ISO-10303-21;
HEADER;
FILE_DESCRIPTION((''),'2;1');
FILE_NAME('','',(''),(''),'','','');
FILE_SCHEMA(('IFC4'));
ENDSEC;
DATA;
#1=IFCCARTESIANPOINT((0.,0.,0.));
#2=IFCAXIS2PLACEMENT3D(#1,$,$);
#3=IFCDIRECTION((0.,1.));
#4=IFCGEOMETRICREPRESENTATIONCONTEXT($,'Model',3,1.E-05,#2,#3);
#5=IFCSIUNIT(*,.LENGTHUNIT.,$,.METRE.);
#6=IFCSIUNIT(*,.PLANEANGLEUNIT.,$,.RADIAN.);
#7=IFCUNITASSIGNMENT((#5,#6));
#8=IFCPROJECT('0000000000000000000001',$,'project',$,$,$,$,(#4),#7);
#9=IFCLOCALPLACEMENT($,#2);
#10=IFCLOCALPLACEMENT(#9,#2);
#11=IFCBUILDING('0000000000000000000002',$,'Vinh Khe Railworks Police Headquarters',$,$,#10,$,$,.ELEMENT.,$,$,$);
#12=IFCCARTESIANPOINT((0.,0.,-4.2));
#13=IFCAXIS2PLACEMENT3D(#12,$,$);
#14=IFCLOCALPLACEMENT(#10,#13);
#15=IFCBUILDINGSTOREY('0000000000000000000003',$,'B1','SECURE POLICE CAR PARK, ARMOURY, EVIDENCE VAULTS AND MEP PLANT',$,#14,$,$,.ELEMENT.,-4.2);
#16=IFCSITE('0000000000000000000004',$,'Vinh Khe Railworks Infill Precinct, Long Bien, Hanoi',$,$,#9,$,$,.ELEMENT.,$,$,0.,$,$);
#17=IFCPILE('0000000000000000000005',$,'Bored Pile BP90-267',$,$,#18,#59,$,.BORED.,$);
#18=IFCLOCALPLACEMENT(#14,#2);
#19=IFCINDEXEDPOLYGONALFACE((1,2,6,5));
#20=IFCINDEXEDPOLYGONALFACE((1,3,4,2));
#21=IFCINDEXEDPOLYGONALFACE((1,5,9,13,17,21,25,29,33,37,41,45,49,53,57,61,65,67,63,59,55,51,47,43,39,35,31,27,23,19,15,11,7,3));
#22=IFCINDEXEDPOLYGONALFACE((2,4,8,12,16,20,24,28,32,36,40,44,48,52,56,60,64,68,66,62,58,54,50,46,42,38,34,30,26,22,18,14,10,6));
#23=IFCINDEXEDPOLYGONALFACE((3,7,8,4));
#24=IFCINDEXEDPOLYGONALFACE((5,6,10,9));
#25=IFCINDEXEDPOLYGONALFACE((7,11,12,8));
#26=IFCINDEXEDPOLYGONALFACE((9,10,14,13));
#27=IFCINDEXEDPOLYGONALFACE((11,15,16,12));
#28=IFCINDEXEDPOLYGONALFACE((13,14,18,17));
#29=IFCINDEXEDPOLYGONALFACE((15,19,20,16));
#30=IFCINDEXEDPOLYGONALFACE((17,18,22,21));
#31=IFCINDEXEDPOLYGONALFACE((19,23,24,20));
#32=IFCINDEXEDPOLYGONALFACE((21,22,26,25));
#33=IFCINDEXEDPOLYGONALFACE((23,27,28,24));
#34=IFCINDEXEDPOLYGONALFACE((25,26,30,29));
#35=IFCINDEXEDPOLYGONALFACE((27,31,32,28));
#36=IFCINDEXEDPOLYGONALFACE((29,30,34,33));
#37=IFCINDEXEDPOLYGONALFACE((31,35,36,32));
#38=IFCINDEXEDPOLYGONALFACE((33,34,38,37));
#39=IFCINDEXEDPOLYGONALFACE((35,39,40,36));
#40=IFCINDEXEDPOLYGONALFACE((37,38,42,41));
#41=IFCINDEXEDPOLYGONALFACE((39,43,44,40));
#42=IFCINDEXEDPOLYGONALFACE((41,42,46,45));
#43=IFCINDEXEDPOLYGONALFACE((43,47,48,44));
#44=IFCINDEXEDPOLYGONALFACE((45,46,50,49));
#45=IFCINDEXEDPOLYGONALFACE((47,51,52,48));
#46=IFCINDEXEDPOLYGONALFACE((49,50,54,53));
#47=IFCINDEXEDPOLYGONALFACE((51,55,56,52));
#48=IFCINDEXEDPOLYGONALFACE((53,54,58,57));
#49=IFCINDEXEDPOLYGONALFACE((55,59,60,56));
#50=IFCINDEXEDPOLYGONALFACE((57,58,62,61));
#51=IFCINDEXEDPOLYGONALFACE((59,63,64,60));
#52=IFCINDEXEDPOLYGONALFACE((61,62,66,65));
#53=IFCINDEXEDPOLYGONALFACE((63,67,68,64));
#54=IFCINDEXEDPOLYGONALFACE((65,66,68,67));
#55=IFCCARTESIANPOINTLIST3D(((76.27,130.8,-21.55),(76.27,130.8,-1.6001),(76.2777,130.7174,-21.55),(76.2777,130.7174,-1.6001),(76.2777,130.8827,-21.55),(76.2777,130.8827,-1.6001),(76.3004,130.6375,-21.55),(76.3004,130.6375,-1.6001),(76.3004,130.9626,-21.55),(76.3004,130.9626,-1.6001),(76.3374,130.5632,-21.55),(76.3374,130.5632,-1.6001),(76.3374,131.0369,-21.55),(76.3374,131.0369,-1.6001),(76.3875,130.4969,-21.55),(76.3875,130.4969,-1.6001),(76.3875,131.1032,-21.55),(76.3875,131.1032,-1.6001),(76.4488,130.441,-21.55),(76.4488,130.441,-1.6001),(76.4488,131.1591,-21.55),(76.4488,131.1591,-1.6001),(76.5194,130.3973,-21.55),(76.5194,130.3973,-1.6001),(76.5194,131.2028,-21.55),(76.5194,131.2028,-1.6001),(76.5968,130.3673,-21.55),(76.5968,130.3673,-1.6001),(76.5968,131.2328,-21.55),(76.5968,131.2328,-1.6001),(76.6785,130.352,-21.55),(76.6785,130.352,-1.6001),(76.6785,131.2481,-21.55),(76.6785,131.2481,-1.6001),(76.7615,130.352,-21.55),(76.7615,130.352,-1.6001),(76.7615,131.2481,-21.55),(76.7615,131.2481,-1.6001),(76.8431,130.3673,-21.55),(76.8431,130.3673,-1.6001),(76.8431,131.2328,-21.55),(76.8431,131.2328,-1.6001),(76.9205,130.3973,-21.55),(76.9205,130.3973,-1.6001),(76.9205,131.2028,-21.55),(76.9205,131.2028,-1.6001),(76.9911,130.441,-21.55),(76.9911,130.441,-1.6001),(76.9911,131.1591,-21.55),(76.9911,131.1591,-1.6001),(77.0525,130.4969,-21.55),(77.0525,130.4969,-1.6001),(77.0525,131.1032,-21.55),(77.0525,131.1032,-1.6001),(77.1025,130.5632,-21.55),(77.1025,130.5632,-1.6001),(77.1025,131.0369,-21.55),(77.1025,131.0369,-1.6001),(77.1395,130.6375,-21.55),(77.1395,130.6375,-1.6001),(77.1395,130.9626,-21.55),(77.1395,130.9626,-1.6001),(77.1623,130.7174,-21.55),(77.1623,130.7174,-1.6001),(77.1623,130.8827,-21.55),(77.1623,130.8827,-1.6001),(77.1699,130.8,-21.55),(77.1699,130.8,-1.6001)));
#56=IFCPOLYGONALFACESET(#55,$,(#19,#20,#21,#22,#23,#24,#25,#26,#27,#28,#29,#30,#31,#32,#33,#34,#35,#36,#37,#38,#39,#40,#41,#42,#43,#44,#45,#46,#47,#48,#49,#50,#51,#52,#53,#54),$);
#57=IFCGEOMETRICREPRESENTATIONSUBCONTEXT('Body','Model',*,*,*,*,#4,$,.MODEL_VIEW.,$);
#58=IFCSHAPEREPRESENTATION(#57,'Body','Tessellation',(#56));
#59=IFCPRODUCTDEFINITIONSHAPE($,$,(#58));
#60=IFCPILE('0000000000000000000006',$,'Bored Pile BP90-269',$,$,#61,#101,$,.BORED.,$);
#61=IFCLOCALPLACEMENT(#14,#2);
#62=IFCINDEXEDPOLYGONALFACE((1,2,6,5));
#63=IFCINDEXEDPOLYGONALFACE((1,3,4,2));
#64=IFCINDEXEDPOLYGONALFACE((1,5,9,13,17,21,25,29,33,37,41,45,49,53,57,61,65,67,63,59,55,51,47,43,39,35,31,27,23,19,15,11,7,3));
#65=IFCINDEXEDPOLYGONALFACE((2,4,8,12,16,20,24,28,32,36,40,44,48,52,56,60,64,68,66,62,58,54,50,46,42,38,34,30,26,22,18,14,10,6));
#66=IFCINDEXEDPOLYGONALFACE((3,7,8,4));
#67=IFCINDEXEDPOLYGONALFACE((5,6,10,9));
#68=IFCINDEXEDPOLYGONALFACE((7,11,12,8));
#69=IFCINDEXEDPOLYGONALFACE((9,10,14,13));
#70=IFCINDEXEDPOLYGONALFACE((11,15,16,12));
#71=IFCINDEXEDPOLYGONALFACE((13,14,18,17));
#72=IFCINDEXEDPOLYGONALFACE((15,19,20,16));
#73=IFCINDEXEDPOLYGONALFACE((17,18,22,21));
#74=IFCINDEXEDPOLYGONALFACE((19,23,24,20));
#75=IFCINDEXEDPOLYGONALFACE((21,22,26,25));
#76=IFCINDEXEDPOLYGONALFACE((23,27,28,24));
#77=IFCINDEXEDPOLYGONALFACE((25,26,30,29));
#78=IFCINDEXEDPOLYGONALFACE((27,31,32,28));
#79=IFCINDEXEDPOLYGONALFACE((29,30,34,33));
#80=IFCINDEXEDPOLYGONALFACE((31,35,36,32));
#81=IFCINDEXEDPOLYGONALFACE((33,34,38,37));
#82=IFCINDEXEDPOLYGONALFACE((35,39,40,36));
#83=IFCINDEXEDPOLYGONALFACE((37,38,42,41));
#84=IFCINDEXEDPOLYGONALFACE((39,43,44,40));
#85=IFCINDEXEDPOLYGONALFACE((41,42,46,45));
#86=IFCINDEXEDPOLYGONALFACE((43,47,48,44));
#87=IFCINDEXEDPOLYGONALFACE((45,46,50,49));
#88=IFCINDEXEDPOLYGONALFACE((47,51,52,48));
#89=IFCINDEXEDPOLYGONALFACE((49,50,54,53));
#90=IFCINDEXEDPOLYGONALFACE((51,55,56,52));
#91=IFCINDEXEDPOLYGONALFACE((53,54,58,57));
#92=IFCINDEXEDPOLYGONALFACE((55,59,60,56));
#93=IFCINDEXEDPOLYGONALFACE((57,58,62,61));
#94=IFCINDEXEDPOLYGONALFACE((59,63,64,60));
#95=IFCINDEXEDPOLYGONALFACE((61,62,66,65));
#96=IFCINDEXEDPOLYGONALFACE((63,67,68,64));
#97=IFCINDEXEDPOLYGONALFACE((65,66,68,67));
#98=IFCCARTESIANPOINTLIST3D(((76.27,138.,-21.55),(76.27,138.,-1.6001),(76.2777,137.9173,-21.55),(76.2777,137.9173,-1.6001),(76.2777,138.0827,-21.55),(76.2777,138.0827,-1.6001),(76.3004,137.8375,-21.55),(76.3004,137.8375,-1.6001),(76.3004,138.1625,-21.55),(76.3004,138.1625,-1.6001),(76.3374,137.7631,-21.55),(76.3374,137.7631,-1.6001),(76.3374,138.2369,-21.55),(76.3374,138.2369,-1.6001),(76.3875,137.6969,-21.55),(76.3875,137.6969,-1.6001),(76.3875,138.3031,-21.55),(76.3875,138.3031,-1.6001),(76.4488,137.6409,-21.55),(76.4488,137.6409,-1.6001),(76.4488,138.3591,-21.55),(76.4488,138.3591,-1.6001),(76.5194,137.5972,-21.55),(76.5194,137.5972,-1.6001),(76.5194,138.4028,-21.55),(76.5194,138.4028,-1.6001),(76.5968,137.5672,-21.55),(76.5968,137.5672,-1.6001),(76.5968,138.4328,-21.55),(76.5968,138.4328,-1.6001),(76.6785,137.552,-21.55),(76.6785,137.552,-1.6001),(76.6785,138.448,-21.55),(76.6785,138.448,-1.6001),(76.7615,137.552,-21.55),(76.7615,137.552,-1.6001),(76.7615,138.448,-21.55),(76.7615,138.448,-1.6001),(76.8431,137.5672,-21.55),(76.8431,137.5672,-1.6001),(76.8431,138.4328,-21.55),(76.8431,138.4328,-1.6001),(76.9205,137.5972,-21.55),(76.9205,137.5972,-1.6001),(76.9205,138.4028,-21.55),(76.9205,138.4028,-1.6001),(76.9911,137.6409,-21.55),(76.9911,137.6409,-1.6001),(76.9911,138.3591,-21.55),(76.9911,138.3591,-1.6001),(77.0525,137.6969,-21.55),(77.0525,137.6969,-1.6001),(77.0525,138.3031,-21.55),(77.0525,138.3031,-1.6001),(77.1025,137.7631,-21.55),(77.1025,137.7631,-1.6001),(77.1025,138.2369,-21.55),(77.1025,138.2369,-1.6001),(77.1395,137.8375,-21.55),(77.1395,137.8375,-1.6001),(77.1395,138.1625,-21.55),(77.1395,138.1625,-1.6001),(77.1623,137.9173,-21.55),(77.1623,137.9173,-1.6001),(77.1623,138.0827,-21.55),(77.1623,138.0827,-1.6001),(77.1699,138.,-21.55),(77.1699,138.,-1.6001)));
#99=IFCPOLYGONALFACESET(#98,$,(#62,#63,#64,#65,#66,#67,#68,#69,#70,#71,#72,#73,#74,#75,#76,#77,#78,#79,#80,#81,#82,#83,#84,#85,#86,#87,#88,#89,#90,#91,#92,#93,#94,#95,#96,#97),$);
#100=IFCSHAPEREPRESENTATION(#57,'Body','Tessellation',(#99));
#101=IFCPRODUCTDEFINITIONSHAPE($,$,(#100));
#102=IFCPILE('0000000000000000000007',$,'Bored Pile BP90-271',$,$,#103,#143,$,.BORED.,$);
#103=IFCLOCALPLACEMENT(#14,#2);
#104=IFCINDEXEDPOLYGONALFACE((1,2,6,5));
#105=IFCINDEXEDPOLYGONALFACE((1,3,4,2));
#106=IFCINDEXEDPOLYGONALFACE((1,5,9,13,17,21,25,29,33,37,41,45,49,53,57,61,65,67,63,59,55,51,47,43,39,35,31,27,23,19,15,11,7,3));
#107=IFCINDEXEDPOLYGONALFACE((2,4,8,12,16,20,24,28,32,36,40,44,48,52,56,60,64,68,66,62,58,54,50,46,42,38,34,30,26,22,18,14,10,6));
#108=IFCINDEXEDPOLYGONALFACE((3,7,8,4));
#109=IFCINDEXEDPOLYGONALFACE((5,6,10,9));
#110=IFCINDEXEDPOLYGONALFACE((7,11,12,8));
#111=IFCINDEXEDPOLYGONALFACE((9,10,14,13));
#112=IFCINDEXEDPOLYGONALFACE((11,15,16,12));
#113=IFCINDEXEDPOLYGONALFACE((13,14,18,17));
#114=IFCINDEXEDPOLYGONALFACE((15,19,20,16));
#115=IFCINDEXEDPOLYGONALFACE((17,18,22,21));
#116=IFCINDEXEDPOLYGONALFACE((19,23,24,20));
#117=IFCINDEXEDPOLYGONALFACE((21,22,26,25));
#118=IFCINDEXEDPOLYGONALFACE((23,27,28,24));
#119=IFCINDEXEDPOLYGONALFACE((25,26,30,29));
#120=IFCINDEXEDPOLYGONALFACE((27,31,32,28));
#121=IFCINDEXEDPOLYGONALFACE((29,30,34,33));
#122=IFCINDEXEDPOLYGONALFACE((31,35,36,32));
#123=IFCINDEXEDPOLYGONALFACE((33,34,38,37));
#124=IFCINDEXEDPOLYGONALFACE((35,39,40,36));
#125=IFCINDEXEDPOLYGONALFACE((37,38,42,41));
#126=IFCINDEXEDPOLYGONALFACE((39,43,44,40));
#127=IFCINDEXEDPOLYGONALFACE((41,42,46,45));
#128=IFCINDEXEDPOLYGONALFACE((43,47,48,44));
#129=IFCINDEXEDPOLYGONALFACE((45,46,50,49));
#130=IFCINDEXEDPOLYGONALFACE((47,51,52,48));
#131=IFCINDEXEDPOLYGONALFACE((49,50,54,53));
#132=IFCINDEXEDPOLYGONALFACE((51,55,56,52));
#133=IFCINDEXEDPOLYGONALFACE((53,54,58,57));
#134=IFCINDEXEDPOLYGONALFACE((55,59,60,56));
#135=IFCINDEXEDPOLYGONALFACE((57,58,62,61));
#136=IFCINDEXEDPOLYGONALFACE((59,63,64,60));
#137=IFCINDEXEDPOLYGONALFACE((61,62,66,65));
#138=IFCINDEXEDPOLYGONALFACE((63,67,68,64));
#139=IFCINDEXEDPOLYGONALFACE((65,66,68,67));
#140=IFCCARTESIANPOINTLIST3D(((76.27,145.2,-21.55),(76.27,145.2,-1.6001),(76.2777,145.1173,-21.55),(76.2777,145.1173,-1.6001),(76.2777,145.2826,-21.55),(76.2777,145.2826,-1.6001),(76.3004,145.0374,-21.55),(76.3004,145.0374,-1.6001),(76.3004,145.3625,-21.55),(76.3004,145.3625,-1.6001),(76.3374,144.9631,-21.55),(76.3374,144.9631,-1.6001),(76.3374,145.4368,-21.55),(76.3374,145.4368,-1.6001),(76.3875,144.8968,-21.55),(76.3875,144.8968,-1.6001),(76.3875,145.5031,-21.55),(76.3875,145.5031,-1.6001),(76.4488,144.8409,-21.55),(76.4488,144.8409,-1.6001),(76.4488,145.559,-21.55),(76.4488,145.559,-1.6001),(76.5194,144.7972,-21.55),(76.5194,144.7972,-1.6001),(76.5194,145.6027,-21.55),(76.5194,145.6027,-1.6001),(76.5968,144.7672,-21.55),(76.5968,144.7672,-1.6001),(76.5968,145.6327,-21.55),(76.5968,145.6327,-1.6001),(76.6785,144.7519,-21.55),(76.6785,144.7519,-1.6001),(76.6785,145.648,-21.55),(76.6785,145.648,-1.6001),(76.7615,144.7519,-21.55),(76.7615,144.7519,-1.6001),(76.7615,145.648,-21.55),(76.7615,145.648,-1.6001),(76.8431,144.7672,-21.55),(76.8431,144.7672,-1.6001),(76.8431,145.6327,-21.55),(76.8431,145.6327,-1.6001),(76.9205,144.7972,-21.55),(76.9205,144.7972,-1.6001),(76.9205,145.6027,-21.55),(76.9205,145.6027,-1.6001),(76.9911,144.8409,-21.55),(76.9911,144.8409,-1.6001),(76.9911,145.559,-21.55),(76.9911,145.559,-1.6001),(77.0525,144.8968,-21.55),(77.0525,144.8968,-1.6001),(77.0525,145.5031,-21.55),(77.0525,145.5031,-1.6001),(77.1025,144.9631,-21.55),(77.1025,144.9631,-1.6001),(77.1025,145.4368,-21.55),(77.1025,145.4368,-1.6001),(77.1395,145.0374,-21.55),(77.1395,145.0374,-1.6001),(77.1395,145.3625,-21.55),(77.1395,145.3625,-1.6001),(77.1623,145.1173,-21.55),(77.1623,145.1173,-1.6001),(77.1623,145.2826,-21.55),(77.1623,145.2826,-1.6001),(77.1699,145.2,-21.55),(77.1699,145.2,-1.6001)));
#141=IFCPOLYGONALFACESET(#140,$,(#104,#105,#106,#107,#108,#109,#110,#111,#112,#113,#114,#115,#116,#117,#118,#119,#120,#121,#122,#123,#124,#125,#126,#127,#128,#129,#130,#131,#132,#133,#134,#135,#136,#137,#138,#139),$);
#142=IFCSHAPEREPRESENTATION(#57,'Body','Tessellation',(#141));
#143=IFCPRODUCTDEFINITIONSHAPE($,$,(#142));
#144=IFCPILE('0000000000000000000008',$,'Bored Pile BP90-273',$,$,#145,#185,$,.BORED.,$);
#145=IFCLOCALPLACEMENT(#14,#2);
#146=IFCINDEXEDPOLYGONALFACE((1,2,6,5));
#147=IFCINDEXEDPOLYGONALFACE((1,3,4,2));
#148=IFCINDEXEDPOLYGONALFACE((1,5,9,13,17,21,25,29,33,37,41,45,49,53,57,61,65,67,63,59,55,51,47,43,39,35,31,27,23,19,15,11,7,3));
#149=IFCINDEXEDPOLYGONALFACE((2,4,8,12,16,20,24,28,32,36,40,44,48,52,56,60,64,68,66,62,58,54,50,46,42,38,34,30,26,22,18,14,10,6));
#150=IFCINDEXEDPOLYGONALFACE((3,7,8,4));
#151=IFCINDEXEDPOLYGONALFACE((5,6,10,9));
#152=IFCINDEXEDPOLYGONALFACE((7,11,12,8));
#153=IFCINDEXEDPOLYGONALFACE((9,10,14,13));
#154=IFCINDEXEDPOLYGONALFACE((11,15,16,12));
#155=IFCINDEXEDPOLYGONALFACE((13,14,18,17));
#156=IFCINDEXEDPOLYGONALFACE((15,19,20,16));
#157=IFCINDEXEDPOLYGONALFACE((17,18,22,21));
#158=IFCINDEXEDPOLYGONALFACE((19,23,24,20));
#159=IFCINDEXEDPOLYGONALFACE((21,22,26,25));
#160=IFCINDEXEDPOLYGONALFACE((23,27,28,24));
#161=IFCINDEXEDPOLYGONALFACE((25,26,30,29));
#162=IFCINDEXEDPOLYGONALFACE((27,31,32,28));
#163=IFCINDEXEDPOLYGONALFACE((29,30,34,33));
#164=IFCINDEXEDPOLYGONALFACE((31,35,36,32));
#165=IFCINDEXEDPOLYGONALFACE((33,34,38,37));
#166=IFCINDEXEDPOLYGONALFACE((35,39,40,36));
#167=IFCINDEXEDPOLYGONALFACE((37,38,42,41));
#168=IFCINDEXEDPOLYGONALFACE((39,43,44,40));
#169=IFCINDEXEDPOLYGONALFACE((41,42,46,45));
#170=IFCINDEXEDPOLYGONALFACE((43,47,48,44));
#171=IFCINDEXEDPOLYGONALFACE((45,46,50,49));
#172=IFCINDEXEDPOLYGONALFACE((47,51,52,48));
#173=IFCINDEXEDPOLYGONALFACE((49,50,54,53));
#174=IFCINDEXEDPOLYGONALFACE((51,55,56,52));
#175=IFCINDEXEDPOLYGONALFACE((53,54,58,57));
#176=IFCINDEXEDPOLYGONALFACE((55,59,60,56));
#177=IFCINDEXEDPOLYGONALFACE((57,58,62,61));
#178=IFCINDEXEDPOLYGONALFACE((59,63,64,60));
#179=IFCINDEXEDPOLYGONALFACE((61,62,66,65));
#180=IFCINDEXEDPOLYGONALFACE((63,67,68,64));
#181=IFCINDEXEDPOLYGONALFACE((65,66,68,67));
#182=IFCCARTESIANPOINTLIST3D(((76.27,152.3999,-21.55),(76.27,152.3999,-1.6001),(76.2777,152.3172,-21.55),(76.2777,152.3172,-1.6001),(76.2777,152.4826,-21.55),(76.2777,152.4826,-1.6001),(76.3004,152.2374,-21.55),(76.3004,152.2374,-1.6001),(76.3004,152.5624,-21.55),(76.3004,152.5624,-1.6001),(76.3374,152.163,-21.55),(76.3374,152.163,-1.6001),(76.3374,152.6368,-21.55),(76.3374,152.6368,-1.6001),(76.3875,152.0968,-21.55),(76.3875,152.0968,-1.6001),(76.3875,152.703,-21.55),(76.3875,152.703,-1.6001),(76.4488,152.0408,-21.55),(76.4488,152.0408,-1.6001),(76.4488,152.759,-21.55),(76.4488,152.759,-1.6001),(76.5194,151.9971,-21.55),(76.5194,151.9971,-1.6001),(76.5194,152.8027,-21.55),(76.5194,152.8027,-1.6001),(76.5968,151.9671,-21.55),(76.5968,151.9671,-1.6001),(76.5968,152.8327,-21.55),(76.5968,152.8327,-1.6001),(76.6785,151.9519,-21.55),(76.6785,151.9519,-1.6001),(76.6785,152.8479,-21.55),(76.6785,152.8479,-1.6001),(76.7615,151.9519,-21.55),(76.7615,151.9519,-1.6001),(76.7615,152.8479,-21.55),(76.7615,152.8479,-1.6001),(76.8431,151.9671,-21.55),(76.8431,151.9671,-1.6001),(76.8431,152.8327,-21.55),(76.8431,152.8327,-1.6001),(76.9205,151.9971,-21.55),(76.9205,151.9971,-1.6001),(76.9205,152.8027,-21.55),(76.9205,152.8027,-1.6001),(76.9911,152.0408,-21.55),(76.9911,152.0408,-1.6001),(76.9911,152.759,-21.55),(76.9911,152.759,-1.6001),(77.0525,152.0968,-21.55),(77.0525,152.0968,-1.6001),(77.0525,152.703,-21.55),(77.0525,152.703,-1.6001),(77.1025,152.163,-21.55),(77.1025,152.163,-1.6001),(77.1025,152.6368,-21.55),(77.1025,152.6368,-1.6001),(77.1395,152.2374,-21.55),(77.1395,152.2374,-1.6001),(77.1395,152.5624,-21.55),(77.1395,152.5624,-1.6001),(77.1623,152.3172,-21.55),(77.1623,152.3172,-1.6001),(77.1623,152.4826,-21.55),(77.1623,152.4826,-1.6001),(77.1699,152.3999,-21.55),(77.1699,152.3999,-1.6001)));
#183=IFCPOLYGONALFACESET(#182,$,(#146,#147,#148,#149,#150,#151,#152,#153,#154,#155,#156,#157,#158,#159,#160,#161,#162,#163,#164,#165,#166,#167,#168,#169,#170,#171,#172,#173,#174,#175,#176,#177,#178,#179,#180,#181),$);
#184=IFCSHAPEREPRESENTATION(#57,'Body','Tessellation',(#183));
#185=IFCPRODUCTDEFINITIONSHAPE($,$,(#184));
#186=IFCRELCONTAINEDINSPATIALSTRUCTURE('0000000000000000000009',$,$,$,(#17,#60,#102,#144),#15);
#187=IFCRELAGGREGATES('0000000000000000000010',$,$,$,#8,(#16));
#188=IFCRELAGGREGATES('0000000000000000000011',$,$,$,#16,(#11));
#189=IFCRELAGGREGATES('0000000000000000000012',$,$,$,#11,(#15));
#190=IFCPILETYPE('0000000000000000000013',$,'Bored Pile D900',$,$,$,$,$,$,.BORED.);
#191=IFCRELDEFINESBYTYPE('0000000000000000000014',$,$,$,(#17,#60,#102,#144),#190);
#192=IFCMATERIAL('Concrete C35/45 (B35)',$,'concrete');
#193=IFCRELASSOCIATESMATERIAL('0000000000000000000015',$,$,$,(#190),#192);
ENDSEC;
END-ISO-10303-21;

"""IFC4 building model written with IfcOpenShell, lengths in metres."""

from ifc_helpers import new_model, si_unit, direction, frame, origin, origin_2d, place, context, subcontext, project, spatial, circle, extrude, material, material_profile, profile_set, type_object, element, save


model = new_model("IFC4")

# Units and contexts
model_context = context("Model", 3, precision=1e-05, world=origin(), true_north=direction((0.0, 1.0)))
body_context = subcontext(model_context, "Body", "Model", "MODEL_VIEW")
ifc_project = project(units=[si_unit("LENGTHUNIT", "METRE"), si_unit("PLANEANGLEUNIT", "RADIAN")], contexts=[model_context])

# Site, building, storey
site_placement = place(None, origin())
site = spatial("IfcSite", under=ifc_project, at=site_placement, Name="Vinh Khe Railworks Infill Precinct, Long Bien, Hanoi", CompositionType="ELEMENT", RefElevation=0.0)
building_placement = place(site_placement, origin())
building = spatial("IfcBuilding", under=site, at=building_placement, Name="Vinh Khe Railworks Police Headquarters", CompositionType="ELEMENT")
storey_placement = place(building_placement, frame((0.0, 0.0, -4.2)))
storey = spatial("IfcBuildingStorey", under=building, at=storey_placement, Name="B1", Description="SECURE POLICE CAR PARK, ARMOURY, EVIDENCE VAULTS AND MEP PLANT", CompositionType="ELEMENT", Elevation=-4.2)

# Piles
ifc_material_1 = material(Name="Concrete C35/45 (B35)", Category="concrete")
ifc_material_profile_1 = material_profile(ifc_material_1, circle(Radius=0.45, at=origin_2d()), Name="BORED PILE D900")
ifc_profile_set_1 = profile_set([ifc_material_profile_1], Name="Concrete C35/45 (B35)")
pile_type_1 = type_object("IfcPileType", Name="Bored Pile D900", PredefinedType="BORED", material=ifc_profile_set_1)
for number, where, z_axis, x_axis, name in (
    (1, (76.72, 130.8, -1.6001), (0.0, 0.0, -1.0), (1.0, 0.0, 0.0), "Bored Pile BP90-267"),
    (2, (76.72, 138.0, -1.6001), (0.0, 0.0, -1.0), (1.0, 0.0, 0.0), "Bored Pile BP90-269"),
    (3, (76.72, 145.2, -1.6001), (0.0, 0.0, -1.0), (1.0, 0.0, 0.0), "Bored Pile BP90-271"),
    (4, (76.72, 152.3999, -1.6001), (0.0, 0.0, -1.0), (1.0, 0.0, 0.0), "Bored Pile BP90-273"),
):
    element("IfcPile", number, at=place(storey_placement, frame(where, z_axis=z_axis, x_axis=x_axis)), inside=storey, type_object=pile_type_1, Name=name, PredefinedType="BORED", context=body_context, shape_type="SweptSolid", body=[
        extrude(circle(Radius=0.45, at=origin_2d()), origin(), (0.0, 0.0, 1.0), 19.95),
    ])

save(model, "model.ifc")
